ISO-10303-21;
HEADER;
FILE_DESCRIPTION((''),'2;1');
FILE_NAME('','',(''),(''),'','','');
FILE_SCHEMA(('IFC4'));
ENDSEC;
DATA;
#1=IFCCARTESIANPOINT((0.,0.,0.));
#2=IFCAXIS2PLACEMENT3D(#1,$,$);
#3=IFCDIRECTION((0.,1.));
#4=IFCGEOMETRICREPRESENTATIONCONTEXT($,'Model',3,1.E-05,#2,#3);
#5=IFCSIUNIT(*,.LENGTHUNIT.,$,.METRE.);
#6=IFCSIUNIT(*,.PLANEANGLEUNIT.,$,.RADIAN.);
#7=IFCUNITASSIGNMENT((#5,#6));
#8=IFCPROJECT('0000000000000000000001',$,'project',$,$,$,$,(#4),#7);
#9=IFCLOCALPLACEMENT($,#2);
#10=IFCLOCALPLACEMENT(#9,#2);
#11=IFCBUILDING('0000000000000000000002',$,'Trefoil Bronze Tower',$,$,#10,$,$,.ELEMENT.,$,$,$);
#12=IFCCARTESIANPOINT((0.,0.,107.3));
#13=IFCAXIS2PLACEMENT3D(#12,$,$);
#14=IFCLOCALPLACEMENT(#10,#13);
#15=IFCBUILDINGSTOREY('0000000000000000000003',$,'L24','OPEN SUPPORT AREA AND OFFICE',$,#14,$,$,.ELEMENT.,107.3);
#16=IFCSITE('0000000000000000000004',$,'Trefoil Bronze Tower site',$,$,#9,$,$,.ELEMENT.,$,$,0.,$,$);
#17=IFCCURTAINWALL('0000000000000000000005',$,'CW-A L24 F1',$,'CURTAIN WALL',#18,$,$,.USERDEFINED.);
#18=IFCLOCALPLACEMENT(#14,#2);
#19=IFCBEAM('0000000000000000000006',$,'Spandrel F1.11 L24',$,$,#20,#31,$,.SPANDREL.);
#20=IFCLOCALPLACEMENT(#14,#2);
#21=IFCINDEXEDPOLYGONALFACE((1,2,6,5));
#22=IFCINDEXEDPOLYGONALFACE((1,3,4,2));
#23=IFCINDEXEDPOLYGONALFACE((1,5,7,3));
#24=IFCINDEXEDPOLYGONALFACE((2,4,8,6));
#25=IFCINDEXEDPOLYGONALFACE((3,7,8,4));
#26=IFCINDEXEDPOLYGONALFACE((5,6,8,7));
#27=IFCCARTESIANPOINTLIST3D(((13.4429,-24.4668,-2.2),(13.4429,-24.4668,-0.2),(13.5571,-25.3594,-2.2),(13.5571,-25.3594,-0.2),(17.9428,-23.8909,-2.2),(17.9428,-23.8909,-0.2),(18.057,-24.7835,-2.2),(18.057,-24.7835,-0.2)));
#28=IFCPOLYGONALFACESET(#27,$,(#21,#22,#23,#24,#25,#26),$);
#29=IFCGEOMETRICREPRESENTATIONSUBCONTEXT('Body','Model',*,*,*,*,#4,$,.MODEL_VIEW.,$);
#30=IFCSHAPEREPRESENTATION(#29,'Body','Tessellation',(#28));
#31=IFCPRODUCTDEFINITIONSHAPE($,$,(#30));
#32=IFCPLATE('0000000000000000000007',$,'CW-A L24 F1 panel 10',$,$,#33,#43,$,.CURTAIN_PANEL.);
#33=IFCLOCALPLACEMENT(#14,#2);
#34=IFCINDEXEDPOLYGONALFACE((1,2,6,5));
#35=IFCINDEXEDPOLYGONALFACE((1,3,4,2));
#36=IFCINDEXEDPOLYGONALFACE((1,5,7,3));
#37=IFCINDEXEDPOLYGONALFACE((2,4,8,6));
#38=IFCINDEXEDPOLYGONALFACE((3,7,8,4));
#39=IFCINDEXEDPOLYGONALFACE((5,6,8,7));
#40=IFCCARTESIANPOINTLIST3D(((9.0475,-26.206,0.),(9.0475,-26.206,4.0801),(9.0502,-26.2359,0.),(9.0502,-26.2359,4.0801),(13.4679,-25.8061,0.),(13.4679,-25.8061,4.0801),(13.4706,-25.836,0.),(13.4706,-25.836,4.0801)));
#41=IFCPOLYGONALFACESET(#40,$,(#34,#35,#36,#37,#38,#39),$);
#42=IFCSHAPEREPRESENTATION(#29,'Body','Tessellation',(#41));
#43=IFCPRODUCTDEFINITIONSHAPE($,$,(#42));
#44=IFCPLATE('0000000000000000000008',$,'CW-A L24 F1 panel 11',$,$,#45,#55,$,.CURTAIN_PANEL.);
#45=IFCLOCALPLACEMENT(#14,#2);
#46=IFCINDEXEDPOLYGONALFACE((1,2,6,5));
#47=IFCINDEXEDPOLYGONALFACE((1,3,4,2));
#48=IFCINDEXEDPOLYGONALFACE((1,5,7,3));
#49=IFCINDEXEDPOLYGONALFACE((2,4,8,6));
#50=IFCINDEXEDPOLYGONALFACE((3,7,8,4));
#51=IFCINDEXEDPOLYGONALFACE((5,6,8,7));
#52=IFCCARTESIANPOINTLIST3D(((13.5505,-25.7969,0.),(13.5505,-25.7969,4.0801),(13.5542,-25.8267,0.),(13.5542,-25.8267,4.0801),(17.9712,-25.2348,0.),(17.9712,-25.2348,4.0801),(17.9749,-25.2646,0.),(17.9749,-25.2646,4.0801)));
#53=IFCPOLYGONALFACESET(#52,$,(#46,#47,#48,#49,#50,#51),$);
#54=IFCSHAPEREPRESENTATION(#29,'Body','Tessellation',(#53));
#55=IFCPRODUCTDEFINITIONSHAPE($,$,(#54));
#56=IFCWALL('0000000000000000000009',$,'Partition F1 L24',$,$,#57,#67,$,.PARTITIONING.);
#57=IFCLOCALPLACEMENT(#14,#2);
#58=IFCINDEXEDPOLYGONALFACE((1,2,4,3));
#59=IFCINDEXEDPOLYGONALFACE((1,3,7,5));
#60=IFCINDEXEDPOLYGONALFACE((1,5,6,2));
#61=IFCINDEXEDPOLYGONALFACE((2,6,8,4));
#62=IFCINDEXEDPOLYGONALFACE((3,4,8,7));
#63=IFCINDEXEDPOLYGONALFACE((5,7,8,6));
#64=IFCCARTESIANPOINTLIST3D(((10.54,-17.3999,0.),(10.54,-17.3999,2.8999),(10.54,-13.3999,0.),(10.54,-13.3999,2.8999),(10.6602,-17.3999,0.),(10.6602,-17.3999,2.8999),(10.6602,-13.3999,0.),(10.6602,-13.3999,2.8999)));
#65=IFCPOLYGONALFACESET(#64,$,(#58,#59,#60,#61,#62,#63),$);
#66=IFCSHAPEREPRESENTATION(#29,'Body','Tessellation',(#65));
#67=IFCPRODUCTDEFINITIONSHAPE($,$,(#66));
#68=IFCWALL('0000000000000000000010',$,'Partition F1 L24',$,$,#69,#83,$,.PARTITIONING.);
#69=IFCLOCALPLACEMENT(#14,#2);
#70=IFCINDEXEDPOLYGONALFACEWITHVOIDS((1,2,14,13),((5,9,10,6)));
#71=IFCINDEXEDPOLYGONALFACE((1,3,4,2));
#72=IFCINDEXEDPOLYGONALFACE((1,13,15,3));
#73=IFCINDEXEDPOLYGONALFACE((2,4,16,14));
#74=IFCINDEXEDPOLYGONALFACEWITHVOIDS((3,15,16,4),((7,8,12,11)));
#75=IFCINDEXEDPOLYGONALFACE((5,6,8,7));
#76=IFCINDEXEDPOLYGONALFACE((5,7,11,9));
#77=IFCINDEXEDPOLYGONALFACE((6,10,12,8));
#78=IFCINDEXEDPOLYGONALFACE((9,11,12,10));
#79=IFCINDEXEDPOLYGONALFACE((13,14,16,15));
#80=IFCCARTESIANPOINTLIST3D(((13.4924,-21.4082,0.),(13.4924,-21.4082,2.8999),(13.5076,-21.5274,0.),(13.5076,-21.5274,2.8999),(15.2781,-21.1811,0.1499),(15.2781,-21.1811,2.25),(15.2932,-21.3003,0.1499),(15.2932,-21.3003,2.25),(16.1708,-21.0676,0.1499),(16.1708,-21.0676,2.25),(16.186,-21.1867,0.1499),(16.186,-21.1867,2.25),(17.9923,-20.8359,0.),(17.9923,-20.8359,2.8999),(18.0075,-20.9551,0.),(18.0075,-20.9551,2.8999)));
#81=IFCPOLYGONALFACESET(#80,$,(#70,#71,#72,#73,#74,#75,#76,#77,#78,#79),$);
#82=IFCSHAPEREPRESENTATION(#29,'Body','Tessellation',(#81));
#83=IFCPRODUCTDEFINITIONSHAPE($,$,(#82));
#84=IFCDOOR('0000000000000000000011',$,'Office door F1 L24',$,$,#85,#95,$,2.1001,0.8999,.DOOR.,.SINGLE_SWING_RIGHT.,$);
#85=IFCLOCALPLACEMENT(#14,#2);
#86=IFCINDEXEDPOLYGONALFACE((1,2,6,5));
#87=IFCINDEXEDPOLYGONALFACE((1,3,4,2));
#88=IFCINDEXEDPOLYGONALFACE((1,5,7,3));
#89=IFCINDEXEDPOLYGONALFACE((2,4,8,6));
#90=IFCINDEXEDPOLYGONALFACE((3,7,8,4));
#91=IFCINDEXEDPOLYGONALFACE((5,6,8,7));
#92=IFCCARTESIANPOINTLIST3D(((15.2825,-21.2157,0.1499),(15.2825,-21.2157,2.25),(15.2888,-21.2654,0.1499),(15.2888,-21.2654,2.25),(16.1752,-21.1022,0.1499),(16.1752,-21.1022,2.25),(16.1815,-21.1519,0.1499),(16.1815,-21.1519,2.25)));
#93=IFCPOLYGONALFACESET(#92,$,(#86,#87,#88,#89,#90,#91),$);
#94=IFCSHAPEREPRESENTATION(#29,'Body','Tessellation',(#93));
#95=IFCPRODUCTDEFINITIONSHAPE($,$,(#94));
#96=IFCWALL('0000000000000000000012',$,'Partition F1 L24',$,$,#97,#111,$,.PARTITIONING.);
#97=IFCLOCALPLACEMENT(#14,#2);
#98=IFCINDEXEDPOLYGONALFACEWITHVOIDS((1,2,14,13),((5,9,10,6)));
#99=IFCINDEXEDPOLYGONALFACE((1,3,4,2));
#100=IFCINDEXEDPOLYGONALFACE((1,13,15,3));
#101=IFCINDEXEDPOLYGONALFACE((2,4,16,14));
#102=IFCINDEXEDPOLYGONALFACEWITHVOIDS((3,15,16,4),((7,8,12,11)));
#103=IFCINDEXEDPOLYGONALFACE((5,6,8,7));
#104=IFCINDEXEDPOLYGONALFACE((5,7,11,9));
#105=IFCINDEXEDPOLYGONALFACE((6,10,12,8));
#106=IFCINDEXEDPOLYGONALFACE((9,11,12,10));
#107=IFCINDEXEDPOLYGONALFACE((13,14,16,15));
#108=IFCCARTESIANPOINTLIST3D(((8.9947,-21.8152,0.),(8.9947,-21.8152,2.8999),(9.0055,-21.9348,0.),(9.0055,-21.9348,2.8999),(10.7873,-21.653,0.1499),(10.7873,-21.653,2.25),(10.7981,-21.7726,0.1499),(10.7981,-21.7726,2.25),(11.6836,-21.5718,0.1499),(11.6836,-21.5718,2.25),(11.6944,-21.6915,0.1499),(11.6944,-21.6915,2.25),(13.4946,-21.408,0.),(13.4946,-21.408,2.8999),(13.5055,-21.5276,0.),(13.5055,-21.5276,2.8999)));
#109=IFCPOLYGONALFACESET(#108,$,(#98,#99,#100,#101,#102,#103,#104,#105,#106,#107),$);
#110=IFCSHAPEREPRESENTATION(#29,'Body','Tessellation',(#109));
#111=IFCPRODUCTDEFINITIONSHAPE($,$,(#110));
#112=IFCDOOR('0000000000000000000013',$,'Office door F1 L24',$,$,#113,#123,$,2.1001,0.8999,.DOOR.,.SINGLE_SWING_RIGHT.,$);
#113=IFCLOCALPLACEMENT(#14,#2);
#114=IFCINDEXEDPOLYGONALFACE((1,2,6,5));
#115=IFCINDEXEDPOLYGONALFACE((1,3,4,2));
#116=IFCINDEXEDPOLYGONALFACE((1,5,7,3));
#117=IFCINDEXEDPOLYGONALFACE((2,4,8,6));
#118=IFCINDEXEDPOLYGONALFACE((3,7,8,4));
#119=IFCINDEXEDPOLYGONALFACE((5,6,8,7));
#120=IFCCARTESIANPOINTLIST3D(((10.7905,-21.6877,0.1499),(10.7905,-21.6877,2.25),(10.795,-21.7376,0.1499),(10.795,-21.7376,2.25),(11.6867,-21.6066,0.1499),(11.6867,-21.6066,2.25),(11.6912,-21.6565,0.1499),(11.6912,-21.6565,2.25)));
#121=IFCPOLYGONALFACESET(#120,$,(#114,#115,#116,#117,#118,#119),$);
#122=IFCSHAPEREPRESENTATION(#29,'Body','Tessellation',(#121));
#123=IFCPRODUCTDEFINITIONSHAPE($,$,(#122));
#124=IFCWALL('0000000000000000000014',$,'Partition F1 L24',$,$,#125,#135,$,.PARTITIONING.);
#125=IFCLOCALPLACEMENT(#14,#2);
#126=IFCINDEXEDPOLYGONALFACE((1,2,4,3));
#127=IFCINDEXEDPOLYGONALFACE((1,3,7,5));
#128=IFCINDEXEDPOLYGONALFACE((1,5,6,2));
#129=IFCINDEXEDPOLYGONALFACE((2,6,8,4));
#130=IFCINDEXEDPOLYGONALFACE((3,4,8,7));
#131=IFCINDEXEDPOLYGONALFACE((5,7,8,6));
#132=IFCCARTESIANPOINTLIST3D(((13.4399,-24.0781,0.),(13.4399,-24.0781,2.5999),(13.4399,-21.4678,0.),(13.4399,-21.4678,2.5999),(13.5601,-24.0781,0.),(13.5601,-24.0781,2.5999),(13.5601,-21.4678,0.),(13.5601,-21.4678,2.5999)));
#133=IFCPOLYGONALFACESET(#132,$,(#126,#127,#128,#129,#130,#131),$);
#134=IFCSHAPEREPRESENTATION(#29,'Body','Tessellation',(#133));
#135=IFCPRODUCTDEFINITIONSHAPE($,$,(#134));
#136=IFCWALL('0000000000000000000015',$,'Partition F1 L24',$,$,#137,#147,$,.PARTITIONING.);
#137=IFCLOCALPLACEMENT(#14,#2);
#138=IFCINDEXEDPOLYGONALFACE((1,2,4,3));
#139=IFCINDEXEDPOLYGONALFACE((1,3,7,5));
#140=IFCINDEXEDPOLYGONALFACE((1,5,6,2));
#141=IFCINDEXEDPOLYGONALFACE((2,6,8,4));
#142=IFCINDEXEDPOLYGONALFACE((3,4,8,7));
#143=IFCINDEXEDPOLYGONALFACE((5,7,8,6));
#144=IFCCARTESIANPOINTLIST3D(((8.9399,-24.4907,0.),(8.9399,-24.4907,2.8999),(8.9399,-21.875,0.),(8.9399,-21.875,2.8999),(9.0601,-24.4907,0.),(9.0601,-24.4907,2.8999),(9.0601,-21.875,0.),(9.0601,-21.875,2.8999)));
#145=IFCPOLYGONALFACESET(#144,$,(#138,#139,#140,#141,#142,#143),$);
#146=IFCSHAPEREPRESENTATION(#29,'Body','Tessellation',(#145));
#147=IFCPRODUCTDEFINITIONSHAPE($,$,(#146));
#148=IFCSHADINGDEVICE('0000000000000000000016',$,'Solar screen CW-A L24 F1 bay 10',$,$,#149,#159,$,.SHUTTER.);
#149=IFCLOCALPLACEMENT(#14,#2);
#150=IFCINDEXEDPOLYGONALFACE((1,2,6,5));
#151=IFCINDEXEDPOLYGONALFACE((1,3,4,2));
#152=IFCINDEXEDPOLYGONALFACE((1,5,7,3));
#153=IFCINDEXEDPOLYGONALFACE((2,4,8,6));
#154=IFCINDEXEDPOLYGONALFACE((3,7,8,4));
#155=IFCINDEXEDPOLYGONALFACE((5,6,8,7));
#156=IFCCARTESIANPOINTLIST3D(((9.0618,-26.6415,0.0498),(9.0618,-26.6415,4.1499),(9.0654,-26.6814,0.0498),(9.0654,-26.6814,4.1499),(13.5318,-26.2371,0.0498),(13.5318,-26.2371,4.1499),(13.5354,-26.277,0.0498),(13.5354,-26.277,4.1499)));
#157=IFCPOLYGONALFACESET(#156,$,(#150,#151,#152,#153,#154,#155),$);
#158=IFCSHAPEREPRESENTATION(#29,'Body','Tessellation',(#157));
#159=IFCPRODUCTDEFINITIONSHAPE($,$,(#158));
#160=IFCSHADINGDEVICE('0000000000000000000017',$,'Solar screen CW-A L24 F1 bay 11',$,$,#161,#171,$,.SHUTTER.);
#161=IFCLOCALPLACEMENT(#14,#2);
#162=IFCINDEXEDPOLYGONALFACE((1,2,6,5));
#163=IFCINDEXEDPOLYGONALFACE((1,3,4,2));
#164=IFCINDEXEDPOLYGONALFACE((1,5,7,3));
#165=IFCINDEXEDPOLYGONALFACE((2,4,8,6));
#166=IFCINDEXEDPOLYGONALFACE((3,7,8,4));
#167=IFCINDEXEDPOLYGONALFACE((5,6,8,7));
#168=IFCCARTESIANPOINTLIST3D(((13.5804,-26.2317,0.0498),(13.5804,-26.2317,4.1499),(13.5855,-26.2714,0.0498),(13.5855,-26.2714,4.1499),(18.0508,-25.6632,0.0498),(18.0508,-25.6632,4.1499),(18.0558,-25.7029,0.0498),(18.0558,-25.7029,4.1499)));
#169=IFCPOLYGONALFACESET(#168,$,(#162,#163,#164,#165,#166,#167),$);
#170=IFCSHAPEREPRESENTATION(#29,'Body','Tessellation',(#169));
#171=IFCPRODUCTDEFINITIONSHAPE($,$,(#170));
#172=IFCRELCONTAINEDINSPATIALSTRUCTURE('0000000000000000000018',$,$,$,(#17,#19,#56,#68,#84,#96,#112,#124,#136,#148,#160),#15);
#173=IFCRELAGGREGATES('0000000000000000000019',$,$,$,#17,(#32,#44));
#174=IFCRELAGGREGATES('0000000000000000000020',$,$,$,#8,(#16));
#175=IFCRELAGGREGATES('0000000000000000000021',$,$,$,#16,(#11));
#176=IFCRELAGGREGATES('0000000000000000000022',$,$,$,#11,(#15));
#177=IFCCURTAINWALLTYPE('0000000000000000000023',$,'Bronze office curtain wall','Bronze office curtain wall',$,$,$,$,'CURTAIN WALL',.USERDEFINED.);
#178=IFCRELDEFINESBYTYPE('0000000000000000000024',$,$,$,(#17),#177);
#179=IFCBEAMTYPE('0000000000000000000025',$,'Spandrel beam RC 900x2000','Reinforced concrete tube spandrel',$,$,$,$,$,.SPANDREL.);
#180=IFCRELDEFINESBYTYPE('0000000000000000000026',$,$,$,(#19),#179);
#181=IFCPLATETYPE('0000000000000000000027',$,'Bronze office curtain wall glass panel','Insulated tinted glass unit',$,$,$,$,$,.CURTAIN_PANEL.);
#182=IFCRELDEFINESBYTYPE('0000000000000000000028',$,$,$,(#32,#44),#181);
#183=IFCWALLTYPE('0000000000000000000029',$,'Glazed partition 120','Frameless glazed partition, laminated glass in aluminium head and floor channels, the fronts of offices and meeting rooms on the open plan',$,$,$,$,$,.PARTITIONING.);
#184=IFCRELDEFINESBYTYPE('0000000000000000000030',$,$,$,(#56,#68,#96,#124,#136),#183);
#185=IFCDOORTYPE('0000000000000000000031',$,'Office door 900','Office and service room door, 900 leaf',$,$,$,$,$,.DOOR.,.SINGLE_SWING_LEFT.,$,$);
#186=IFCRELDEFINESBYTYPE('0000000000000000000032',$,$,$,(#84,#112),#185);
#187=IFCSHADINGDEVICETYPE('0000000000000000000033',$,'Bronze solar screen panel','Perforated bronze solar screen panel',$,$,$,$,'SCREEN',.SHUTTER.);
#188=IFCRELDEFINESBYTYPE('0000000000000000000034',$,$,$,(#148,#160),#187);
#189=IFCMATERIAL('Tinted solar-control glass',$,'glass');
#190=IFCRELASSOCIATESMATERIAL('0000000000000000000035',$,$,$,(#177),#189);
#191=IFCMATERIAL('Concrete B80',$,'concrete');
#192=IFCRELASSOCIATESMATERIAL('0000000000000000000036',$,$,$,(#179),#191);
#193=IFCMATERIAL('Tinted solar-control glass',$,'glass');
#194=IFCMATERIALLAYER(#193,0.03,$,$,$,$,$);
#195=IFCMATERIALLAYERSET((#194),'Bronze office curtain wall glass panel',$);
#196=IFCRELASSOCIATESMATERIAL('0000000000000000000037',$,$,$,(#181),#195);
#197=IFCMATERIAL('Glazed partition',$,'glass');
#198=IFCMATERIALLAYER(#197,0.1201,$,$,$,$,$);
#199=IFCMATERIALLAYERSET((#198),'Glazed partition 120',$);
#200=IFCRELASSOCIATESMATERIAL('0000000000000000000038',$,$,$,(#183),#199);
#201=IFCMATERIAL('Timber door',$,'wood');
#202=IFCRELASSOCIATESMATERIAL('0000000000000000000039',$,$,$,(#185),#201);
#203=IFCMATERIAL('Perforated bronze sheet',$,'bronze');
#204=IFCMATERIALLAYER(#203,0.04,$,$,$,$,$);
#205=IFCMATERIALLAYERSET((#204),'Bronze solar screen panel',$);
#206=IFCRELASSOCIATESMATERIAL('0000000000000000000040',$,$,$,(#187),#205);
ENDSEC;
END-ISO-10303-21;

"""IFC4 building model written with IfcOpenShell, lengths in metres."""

from ifc_helpers import new_model, si_unit, direction, frame, frame_2d, origin, origin_2d, place, context, subcontext, project, spatial, rectangle, extrude, material, layer, layer_set, material_profile, profile_set, type_object, element, fill, aggregate, save


model = new_model("IFC4")

# Units and contexts
model_context = context("Model", 3, precision=1e-05, world=origin(), true_north=direction((0.0, 1.0)))
body_context = subcontext(model_context, "Body", "Model", "MODEL_VIEW")
ifc_project = project(units=[si_unit("LENGTHUNIT", "METRE"), si_unit("PLANEANGLEUNIT", "RADIAN")], contexts=[model_context])

# Site, building, storey
site_placement = place(None, origin())
site = spatial("IfcSite", under=ifc_project, at=site_placement, Name="Trefoil Bronze Tower site", CompositionType="ELEMENT", RefElevation=0.0)
building_placement = place(site_placement, origin())
building = spatial("IfcBuilding", under=site, at=building_placement, Name="Trefoil Bronze Tower", CompositionType="ELEMENT")
storey_placement = place(building_placement, frame((0.0, 0.0, 107.3)))
storey = spatial("IfcBuildingStorey", under=building, at=storey_placement, Name="L24", Description="OPEN SUPPORT AREA AND OFFICE", CompositionType="ELEMENT", Elevation=107.3)

# Curtain wall
ifc_material_1 = material(Name="Tinted solar-control glass", Category="glass")
curtain_wall_type = type_object("IfcCurtainWallType", Name="Bronze office curtain wall", Description="Bronze office curtain wall", ElementType="CURTAIN WALL", PredefinedType="USERDEFINED", material=ifc_material_1)
curtain_wall_placement = place(storey_placement, origin())
curtain_wall = element("IfcCurtainWall", 1, at=curtain_wall_placement, inside=storey, type_object=curtain_wall_type, Name="CW-A L24 F1", ObjectType="CURTAIN WALL", PredefinedType="USERDEFINED")

# Beam
ifc_material_2 = material(Name="Concrete B80", Category="concrete")
ifc_material_profile_1 = material_profile(ifc_material_2, rectangle(XDim=0.8999, YDim=2.0, at=origin_2d()), Name="RC 900x2000")
ifc_profile_set_1 = profile_set([ifc_material_profile_1], Name="Concrete B80")
beam_type_1 = type_object("IfcBeamType", Name="Spandrel beam RC 900x2000", Description="Reinforced concrete tube spandrel", PredefinedType="SPANDREL", material=ifc_profile_set_1)
beam_1_placement = place(storey_placement, frame((13.5, -24.9131, -1.2), z_axis=(0.991909, 0.126948, 0.0), x_axis=(-0.126948, 0.991909, 0.0)))
element("IfcBeam", 2, at=beam_1_placement, inside=storey, type_object=beam_type_1, Name="Spandrel F1.11 L24", PredefinedType="SPANDREL", context=body_context, shape_type="SweptSolid", body=[
    extrude(rectangle(XDim=0.8999, YDim=2.0, at=origin_2d()), origin(), (0.0, 0.0, 1.0), 4.5366),
])

# Plates
ifc_material_3 = material(Name="Tinted solar-control glass", Category="glass")
ifc_layer_1 = layer(ifc_material_3, 0.03)
ifc_layer_set_1 = layer_set([ifc_layer_1], Name="Bronze office curtain wall glass panel")
plate_type = type_object("IfcPlateType", Name="Bronze office curtain wall glass panel", Description="Insulated tinted glass unit", PredefinedType="CURTAIN_PANEL", material=ifc_layer_set_1)
plate_1_placement = place(storey_placement, frame((11.259, -26.021, 0.0), z_axis=(0.0, 0.0, 1.0), x_axis=(0.995932, 0.090105, 0.0)))
plate_1 = element("IfcPlate", 3, at=plate_1_placement, type_object=plate_type, Name="CW-A L24 F1 panel 10", PredefinedType="CURTAIN_PANEL", context=body_context, shape_type="SweptSolid", body=[
    extrude(rectangle(XDim=4.4385, YDim=0.03, at=origin_2d()), origin(), (0.0, 0.0, 1.0), 4.0801),
])
plate_2_placement = place(storey_placement, frame((15.7627, -25.5308, 0.0), z_axis=(0.0, 0.0, 1.0), x_axis=(0.992012, 0.126147, 0.0)))
plate_2 = element("IfcPlate", 4, at=plate_2_placement, type_object=plate_type, Name="CW-A L24 F1 panel 11", PredefinedType="CURTAIN_PANEL", context=body_context, shape_type="SweptSolid", body=[
    extrude(rectangle(XDim=4.4563, YDim=0.03, at=origin_2d()), origin(), (0.0, 0.0, 1.0), 4.0801),
])
aggregate(curtain_wall, [plate_1, plate_2])

# Wall
ifc_material_4 = material(Name="Glazed partition", Category="glass")
ifc_layer_2 = layer(ifc_material_4, 0.1201)
ifc_layer_set_2 = layer_set([ifc_layer_2], Name="Glazed partition 120")
wall_type = type_object("IfcWallType", Name="Glazed partition 120", Description="Frameless glazed partition, laminated glass in aluminium head and floor channels, the fronts of offices and meeting rooms on the open plan", PredefinedType="PARTITIONING", material=ifc_layer_set_2)
wall_1_placement = place(storey_placement, frame((10.6001, -13.3999, 0.0), z_axis=(0.0, 0.0, 1.0), x_axis=(0.0, -1.0, 0.0)))
element("IfcWall", 5, at=wall_1_placement, inside=storey, type_object=wall_type, Name="Partition F1 L24", PredefinedType="PARTITIONING", context=body_context, shape_type="SweptSolid", body=[
    extrude(rectangle(XDim=4.0, YDim=0.1201, at=frame_2d((2.0, 0.0))), origin(), (0.0, 0.0, 1.0), 2.8999),
])

# Walls, openings, doors
wall_2_placement = place(storey_placement, frame((13.5, -21.4678, 0.0), z_axis=(0.0, 0.0, 1.0), x_axis=(0.992011, 0.126154, 0.0)))
wall_2 = element("IfcWall", 6, at=wall_2_placement, inside=storey, type_object=wall_type, Name="Partition F1 L24", PredefinedType="PARTITIONING", context=body_context, shape_type="SweptSolid", body=[
    extrude(rectangle(XDim=4.5361, YDim=0.1201, at=frame_2d((2.2681, 0.0))), origin(), (0.0, 0.0, 1.0), 2.8999),
])
opening_1_placement = place(wall_2_placement, frame((1.8, 0.0, 0.1499)))
opening_1 = element("IfcOpeningElement", 7, at=opening_1_placement, cuts=wall_2, PredefinedType="OPENING", context=body_context, shape_type="SweptSolid", body=[
    extrude(rectangle(XDim=0.8999, YDim=2.1001, at=frame_2d((0.45, 1.05))), frame((0.0, 0.0701, 0.0), z_axis=(0.0, -1.0, 0.0), x_axis=(1.0, 0.0, 0.0)), (0.0, 0.0, 1.0), 0.1401),
])
ifc_material_5 = material(Name="Timber door", Category="wood")
door_type = type_object("IfcDoorType", Name="Office door 900", Description="Office and service room door, 900 leaf", OperationType="SINGLE_SWING_LEFT", PredefinedType="DOOR", material=ifc_material_5)
door_1_placement = place(opening_1_placement, frame((0.8999, 0.0, 0.0), z_axis=(0.0, 0.0, 1.0), x_axis=(-1.0, 0.0, 0.0)))
door_1 = element("IfcDoor", 8, at=door_1_placement, inside=storey, type_object=door_type, Name="Office door F1 L24", OperationType="SINGLE_SWING_RIGHT", OverallHeight=2.1001, OverallWidth=0.8999, PredefinedType="DOOR", context=body_context, shape_type="SweptSolid", body=[
    extrude(rectangle(XDim=0.8999, YDim=2.1001, at=frame_2d((0.45, 1.05))), frame((0.0, 0.0249, 0.0), z_axis=(0.0, -1.0, 0.0), x_axis=(1.0, 0.0, 0.0)), (0.0, 0.0, 1.0), 0.05),
])
fill(opening_1, door_1)
wall_3_placement = place(storey_placement, frame((9.0, -21.875, 0.0), z_axis=(0.0, 0.0, 1.0), x_axis=(0.99593, 0.090127, 0.0)))
wall_3 = element("IfcWall", 9, at=wall_3_placement, inside=storey, type_object=wall_type, Name="Partition F1 L24", PredefinedType="PARTITIONING", context=body_context, shape_type="SweptSolid", body=[
    extrude(rectangle(XDim=4.5183, YDim=0.1201, at=frame_2d((2.2593, 0.0))), origin(), (0.0, 0.0, 1.0), 2.8999),
])
opening_2_placement = place(wall_3_placement, frame((1.8, 0.0, 0.1499)))
opening_2 = element("IfcOpeningElement", 10, at=opening_2_placement, cuts=wall_3, PredefinedType="OPENING", context=body_context, shape_type="SweptSolid", body=[
    extrude(rectangle(XDim=0.8999, YDim=2.1001, at=frame_2d((0.45, 1.05))), frame((0.0, 0.0701, 0.0), z_axis=(0.0, -1.0, 0.0), x_axis=(1.0, 0.0, 0.0)), (0.0, 0.0, 1.0), 0.1401),
])
door_2_placement = place(opening_2_placement, frame((0.8999, 0.0, 0.0), z_axis=(0.0, 0.0, 1.0), x_axis=(-1.0, 0.0, 0.0)))
door_2 = element("IfcDoor", 11, at=door_2_placement, inside=storey, type_object=door_type, Name="Office door F1 L24", OperationType="SINGLE_SWING_RIGHT", OverallHeight=2.1001, OverallWidth=0.8999, PredefinedType="DOOR", context=body_context, shape_type="SweptSolid", body=[
    extrude(rectangle(XDim=0.8999, YDim=2.1001, at=frame_2d((0.45, 1.05))), frame((0.0, 0.0249, 0.0), z_axis=(0.0, -1.0, 0.0), x_axis=(1.0, 0.0, 0.0)), (0.0, 0.0, 1.0), 0.05),
])
fill(opening_2, door_2)

# Walls
wall_4_placement = place(storey_placement, frame((13.5, -21.4678, 0.0), z_axis=(0.0, 0.0, 1.0), x_axis=(0.0, -1.0, 0.0)))
element("IfcWall", 12, at=wall_4_placement, inside=storey, type_object=wall_type, Name="Partition F1 L24", PredefinedType="PARTITIONING", context=body_context, shape_type="SweptSolid", body=[
    extrude(rectangle(XDim=2.6104, YDim=0.1201, at=frame_2d((1.3052, 0.0))), origin(), (0.0, 0.0, 1.0), 2.5999),
])
wall_5_placement = place(storey_placement, frame((9.0, -21.875, 0.0), z_axis=(0.0, 0.0, 1.0), x_axis=(0.0, -1.0, 0.0)))
element("IfcWall", 13, at=wall_5_placement, inside=storey, type_object=wall_type, Name="Partition F1 L24", PredefinedType="PARTITIONING", context=body_context, shape_type="SweptSolid", body=[
    extrude(rectangle(XDim=2.6157, YDim=0.1201, at=frame_2d((1.3079, 0.0))), origin(), (0.0, 0.0, 1.0), 2.8999),
])

# Shading devices
ifc_material_6 = material(Name="Perforated bronze sheet", Category="bronze")
ifc_layer_3 = layer(ifc_material_6, 0.04)
ifc_layer_set_3 = layer_set([ifc_layer_3], Name="Bronze solar screen panel")
shading_device_type = type_object("IfcShadingDeviceType", Name="Bronze solar screen panel", Description="Perforated bronze solar screen panel", ElementType="SCREEN", PredefinedType="SHUTTER", material=ifc_layer_set_3)
shading_device_1_placement = place(storey_placement, frame((11.2986, -26.4592, 0.0498), z_axis=(0.0, 0.0, 1.0), x_axis=(0.995932, 0.090105, 0.0)))
element("IfcShadingDevice", 14, at=shading_device_1_placement, inside=storey, type_object=shading_device_type, Name="Solar screen CW-A L24 F1 bay 10", PredefinedType="SHUTTER", context=body_context, shape_type="SweptSolid", body=[
    extrude(rectangle(XDim=4.4883, YDim=0.04, at=origin_2d()), origin(), (0.0, 0.0, 1.0), 4.1001),
])
shading_device_2_placement = place(storey_placement, frame((15.8181, -25.9673, 0.0498), z_axis=(0.0, 0.0, 1.0), x_axis=(0.992012, 0.126147, 0.0)))
element("IfcShadingDevice", 15, at=shading_device_2_placement, inside=storey, type_object=shading_device_type, Name="Solar screen CW-A L24 F1 bay 11", PredefinedType="SHUTTER", context=body_context, shape_type="SweptSolid", body=[
    extrude(rectangle(XDim=4.5063, YDim=0.04, at=origin_2d()), origin(), (0.0, 0.0, 1.0), 4.1001),
])

save(model, "model.ifc")
